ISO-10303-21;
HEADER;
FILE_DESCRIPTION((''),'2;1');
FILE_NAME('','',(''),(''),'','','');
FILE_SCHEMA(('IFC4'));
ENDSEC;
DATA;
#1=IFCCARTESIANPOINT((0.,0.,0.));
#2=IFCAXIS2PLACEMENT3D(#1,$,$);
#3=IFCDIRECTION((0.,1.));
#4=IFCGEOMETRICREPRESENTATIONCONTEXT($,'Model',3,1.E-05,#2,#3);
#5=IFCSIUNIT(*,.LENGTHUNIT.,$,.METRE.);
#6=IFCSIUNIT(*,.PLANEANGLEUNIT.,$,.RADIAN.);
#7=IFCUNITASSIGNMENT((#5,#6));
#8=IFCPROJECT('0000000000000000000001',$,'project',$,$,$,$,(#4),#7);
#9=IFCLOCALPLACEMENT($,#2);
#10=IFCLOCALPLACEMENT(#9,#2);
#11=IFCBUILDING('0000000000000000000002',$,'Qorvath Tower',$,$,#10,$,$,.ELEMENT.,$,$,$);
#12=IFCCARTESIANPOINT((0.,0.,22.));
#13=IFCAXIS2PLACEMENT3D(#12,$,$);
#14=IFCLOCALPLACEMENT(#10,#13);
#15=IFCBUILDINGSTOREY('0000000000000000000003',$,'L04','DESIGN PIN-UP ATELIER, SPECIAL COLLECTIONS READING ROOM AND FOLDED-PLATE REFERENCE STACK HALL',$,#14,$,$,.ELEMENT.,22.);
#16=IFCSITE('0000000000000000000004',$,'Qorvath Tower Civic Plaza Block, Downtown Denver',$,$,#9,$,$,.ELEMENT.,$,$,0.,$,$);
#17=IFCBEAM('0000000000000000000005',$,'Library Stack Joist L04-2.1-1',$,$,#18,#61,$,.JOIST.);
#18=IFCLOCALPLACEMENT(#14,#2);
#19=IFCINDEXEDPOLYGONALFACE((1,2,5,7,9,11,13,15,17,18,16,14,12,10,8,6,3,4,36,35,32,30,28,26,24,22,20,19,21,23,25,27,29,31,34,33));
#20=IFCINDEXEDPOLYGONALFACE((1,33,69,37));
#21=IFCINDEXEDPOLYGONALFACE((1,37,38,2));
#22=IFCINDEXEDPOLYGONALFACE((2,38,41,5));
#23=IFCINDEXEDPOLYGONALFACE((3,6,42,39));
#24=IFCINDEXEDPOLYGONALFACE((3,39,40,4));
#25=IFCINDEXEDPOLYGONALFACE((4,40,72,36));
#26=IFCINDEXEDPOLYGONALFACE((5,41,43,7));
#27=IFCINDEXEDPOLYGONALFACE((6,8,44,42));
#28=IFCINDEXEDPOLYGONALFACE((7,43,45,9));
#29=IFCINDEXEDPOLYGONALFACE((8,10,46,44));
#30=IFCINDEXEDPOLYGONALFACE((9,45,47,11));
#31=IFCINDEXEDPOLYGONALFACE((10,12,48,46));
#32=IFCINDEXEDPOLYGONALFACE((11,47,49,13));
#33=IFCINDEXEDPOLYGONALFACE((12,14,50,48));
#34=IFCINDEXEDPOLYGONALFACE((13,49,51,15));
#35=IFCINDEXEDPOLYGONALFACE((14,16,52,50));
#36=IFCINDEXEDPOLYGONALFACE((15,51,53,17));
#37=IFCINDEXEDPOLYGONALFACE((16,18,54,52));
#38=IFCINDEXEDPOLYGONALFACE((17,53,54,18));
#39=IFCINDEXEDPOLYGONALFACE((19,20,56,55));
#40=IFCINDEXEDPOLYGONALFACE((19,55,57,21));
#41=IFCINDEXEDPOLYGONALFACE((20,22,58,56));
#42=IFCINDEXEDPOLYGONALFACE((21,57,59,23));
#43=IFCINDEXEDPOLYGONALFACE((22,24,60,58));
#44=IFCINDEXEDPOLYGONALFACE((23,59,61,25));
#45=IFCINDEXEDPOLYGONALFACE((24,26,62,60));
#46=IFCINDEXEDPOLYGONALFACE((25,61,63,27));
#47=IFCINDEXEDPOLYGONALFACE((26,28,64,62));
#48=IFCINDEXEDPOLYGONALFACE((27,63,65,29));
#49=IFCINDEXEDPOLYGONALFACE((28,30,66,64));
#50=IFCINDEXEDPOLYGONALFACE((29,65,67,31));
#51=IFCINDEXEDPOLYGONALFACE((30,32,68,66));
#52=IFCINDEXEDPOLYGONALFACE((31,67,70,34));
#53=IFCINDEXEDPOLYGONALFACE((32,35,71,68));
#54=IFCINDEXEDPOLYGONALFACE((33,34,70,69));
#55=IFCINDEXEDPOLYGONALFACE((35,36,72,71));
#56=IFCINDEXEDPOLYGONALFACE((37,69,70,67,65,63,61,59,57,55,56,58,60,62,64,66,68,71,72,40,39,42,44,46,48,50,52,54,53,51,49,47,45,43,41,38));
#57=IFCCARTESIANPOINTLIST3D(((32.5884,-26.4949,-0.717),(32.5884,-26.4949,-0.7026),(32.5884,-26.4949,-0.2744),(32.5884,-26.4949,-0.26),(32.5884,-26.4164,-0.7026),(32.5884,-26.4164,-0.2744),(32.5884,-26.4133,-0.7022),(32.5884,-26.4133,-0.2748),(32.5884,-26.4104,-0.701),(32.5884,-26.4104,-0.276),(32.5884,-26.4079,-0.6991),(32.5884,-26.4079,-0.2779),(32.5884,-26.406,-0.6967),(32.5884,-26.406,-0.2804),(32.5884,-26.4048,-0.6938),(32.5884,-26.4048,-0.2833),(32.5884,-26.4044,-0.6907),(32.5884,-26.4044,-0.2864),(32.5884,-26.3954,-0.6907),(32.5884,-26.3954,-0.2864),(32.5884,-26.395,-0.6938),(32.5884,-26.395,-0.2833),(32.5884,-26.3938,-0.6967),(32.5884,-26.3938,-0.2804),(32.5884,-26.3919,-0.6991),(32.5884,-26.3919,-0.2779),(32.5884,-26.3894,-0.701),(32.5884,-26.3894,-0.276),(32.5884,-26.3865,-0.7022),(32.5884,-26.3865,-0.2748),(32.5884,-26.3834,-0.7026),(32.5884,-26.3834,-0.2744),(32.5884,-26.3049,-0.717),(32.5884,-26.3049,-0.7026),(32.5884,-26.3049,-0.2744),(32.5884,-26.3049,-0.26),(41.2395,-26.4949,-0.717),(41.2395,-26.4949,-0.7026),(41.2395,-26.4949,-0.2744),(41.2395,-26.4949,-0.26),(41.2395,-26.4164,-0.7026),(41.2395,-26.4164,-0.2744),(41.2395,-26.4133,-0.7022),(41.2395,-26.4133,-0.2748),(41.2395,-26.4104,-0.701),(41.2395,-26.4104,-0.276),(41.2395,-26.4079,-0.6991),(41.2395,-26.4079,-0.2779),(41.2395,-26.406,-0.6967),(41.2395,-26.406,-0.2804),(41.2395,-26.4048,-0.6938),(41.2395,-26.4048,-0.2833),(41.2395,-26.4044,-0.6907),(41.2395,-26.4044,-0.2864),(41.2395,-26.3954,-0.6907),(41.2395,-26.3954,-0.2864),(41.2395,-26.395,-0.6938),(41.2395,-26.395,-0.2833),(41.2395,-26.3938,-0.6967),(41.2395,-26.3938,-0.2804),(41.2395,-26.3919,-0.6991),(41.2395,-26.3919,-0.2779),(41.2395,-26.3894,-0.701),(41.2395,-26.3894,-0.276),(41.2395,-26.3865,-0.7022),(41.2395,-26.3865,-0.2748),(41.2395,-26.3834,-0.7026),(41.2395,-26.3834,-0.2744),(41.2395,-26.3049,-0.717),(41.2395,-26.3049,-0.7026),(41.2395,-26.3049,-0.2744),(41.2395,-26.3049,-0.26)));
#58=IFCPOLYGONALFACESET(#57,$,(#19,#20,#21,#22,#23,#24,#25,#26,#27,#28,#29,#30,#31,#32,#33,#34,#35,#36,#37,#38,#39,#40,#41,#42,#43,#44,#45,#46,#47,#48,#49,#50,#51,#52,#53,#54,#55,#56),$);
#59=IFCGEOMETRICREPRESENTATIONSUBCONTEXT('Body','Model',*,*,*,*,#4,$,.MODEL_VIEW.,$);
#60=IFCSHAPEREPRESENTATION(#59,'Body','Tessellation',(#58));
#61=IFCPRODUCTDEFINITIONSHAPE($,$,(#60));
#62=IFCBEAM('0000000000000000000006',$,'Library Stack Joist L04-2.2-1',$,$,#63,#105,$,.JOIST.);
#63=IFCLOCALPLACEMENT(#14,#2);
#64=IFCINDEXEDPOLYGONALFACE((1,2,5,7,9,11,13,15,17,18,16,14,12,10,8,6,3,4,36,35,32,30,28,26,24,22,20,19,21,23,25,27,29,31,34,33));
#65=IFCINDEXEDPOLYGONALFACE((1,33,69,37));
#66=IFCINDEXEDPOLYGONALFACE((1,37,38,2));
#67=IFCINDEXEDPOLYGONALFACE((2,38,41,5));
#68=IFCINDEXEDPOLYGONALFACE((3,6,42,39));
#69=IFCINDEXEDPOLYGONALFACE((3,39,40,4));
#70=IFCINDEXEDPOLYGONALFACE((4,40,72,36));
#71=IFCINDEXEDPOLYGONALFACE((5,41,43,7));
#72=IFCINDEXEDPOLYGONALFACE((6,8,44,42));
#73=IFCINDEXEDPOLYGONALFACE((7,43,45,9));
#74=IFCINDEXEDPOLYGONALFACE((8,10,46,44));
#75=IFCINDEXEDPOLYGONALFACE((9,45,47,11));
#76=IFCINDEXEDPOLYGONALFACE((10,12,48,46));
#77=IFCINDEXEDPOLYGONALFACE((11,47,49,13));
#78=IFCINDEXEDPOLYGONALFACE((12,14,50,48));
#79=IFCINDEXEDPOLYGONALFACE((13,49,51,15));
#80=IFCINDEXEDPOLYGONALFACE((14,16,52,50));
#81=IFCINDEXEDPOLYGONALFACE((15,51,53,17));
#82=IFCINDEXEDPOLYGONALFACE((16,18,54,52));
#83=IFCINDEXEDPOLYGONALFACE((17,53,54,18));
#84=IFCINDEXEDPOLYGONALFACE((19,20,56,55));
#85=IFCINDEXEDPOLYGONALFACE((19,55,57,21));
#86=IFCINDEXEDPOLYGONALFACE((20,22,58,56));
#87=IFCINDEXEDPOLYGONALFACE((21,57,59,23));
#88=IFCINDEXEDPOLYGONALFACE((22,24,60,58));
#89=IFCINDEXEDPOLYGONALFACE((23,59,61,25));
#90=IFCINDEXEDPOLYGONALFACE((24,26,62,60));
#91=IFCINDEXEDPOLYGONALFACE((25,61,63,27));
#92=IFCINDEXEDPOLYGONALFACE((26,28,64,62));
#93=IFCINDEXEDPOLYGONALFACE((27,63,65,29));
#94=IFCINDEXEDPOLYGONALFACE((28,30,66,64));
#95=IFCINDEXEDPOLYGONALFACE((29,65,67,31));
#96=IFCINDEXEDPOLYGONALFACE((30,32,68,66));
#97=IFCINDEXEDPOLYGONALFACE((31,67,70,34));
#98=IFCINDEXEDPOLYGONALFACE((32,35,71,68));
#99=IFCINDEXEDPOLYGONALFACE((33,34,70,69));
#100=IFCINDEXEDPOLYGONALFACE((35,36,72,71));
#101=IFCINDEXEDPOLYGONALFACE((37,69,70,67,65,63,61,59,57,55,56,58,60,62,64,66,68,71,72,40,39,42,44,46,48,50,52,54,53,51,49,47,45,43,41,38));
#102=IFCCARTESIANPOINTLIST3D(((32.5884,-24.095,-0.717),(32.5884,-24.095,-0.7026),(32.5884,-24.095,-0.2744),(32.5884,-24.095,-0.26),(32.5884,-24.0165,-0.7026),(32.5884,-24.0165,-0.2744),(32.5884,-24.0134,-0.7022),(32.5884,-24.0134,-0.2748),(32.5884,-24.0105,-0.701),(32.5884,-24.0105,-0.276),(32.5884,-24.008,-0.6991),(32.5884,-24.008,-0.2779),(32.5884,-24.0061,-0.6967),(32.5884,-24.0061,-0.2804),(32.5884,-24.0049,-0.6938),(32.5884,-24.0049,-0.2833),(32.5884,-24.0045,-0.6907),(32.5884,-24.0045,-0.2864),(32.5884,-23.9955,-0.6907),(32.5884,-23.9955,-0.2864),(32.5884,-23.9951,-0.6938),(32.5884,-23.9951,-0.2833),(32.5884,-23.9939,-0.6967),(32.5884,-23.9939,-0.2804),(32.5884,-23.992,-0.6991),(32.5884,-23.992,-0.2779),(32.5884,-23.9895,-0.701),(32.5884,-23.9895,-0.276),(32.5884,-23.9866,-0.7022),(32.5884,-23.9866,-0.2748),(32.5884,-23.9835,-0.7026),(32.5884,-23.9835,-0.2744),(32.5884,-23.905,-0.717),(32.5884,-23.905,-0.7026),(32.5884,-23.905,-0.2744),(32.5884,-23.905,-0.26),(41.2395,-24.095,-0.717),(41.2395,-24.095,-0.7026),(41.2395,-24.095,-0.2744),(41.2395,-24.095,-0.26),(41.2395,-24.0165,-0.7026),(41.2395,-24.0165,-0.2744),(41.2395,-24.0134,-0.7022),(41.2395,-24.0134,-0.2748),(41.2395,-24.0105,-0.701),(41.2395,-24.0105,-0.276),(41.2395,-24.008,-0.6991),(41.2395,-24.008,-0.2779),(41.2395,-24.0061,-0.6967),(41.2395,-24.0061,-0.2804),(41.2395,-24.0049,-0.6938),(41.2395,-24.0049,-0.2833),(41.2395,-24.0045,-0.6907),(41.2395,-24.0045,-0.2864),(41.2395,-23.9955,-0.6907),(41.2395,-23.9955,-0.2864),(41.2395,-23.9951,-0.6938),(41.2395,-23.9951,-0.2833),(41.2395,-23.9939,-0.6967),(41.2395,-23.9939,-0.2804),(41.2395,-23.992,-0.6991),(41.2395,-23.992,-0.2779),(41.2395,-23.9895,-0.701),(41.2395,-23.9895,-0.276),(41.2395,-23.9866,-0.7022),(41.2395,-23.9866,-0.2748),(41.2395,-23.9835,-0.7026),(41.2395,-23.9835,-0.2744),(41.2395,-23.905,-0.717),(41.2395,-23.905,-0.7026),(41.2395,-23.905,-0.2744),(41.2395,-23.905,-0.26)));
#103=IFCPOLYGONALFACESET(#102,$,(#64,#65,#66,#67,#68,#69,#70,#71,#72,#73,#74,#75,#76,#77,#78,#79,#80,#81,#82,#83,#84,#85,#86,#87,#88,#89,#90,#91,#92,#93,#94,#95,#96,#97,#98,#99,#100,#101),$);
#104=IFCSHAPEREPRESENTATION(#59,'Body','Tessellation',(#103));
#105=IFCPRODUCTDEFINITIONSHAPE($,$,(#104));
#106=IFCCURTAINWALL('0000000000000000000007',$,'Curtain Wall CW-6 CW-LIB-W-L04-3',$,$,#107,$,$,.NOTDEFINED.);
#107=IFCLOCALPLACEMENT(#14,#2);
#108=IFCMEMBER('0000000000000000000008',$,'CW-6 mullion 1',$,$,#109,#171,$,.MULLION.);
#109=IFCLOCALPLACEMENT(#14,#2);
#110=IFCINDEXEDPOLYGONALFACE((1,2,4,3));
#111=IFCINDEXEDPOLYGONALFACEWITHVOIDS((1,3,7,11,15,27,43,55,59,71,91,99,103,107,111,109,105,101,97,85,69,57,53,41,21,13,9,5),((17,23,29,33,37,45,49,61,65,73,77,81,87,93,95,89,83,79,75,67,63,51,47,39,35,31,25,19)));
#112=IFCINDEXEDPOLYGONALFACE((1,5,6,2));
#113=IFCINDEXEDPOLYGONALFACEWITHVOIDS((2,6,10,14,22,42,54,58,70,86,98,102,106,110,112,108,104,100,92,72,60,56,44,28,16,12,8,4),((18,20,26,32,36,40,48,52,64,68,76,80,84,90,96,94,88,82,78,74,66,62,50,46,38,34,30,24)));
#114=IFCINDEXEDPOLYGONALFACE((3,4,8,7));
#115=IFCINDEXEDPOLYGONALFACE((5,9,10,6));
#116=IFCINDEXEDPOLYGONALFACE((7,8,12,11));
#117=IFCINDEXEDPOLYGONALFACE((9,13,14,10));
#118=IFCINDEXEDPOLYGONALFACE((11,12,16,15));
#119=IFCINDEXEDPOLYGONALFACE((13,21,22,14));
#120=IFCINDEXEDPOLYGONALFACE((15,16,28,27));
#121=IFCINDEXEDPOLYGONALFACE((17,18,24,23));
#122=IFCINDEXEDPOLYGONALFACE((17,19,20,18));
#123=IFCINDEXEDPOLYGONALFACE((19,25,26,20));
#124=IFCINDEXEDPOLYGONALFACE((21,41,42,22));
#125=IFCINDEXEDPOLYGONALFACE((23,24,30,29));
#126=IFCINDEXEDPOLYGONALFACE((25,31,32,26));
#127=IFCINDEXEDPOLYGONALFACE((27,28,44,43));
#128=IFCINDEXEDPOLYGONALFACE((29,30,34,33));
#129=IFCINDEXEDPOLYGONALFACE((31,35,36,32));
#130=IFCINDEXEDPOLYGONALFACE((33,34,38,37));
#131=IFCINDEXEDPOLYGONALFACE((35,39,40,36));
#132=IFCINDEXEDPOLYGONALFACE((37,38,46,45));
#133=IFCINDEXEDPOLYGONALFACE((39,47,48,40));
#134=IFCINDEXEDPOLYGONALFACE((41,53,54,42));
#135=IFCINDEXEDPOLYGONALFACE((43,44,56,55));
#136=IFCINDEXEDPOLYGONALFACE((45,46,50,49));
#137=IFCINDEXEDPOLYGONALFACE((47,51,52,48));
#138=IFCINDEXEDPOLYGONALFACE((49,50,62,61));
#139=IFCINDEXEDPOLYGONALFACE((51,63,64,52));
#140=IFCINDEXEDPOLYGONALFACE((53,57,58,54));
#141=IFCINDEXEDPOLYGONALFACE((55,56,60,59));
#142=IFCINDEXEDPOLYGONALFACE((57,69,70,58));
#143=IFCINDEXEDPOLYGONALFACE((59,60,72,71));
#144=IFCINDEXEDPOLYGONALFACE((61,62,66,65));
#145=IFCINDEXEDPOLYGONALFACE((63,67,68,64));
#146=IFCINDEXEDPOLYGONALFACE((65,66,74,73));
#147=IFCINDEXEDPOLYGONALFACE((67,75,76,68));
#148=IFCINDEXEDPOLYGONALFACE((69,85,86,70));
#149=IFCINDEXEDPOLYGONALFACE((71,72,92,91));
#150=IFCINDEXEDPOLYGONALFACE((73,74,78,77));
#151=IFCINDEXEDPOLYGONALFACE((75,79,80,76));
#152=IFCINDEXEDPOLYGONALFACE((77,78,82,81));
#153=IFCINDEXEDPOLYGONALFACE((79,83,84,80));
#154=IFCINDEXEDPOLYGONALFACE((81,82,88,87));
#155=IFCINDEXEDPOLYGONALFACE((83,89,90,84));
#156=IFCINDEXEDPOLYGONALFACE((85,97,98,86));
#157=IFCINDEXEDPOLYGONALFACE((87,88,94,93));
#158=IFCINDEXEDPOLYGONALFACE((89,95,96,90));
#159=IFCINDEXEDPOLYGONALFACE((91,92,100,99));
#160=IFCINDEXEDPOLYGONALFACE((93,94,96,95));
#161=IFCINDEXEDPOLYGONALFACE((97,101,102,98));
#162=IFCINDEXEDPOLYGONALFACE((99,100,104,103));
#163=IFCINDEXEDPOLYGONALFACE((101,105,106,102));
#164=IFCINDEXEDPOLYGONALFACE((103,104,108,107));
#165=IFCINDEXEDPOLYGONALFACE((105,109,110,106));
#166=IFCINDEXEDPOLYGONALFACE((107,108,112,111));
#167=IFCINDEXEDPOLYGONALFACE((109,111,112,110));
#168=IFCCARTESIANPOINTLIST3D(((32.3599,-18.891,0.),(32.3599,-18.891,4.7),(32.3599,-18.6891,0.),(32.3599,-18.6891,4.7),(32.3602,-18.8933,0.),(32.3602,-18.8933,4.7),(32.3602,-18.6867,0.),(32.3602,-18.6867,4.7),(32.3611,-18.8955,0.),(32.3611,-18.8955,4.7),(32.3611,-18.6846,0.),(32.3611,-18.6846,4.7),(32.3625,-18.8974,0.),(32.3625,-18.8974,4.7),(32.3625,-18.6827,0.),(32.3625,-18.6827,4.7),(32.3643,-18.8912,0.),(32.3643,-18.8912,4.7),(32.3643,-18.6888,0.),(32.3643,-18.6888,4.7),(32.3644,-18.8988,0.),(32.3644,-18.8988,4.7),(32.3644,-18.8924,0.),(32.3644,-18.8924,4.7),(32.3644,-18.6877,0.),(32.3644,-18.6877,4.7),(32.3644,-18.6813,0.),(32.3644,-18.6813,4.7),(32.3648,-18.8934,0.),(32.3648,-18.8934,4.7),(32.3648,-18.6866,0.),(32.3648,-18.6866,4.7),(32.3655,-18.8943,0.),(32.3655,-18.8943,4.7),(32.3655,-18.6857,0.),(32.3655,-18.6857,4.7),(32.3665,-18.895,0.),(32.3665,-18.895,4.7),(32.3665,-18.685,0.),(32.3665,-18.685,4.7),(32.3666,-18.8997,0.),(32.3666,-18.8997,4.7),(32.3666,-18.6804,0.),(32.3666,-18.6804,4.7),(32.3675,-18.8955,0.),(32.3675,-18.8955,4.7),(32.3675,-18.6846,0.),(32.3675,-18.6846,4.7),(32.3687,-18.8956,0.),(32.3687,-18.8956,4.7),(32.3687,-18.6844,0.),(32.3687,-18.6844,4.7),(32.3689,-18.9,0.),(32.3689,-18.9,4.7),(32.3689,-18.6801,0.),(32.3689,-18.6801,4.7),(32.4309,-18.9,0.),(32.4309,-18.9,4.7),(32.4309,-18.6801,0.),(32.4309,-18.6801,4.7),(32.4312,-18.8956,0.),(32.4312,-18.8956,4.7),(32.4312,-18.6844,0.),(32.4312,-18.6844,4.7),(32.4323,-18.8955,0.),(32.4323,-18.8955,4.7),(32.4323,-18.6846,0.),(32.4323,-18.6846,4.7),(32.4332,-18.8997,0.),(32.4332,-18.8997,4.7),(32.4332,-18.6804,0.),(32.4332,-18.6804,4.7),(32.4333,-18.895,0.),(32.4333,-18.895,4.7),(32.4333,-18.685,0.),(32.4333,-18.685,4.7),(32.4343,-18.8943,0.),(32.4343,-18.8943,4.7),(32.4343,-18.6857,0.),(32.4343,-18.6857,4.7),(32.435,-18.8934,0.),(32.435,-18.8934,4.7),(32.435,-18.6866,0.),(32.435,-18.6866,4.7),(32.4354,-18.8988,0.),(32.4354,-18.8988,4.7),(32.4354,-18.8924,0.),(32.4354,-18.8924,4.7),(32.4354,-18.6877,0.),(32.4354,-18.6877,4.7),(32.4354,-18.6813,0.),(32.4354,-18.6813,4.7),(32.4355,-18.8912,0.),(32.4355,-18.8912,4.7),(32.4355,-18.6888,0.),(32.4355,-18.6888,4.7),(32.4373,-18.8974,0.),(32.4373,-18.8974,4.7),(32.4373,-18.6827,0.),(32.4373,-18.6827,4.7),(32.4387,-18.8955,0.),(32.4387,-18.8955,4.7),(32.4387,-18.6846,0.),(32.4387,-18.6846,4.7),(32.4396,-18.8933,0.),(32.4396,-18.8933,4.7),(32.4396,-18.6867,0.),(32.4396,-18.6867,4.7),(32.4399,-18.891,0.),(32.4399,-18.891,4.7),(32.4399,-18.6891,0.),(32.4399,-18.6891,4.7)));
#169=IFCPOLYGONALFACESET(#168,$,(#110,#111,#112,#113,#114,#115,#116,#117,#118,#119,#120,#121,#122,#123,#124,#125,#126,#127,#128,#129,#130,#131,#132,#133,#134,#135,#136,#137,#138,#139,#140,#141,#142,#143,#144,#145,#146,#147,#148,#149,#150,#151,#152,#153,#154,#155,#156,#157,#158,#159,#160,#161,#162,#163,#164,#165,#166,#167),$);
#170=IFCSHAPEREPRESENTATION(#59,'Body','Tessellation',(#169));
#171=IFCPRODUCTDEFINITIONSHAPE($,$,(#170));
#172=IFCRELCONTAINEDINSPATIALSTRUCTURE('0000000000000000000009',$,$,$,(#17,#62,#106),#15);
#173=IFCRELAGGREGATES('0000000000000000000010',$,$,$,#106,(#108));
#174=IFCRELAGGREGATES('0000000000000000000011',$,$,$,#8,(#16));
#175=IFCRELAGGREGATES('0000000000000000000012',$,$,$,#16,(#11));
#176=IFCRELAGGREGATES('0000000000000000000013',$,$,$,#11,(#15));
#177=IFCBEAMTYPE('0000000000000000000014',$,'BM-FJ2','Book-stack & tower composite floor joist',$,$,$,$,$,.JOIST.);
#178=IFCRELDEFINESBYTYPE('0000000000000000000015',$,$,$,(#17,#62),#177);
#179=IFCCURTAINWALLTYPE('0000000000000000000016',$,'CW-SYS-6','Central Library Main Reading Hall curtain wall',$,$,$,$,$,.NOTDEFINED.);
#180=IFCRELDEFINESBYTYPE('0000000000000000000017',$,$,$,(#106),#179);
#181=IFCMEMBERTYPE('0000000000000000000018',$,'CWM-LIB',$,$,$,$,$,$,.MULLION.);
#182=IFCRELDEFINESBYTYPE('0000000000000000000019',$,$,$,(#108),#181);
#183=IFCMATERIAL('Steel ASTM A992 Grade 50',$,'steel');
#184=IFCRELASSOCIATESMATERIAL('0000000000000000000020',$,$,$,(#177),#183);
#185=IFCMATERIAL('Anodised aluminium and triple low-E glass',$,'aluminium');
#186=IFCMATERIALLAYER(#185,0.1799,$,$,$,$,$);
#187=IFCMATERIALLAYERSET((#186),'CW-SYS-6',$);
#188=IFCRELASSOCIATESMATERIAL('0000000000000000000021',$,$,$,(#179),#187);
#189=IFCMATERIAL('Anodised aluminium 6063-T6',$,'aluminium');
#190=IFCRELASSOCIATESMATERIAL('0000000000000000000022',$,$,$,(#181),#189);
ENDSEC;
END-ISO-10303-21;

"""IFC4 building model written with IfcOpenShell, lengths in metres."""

from ifc_helpers import new_model, si_unit, direction, frame, origin, origin_2d, place, context, subcontext, project, spatial, hollow_rectangle, i_section, extrude, material, layer, layer_set, material_profile, profile_set, type_object, element, aggregate, save


model = new_model("IFC4")

# Units and contexts
model_context = context("Model", 3, precision=1e-05, world=origin(), true_north=direction((0.0, 1.0)))
body_context = subcontext(model_context, "Body", "Model", "MODEL_VIEW")
ifc_project = project(units=[si_unit("LENGTHUNIT", "METRE"), si_unit("PLANEANGLEUNIT", "RADIAN")], contexts=[model_context])

# Site, building, storey
site_placement = place(None, origin())
site = spatial("IfcSite", under=ifc_project, at=site_placement, Name="Qorvath Tower Civic Plaza Block, Downtown Denver", CompositionType="ELEMENT", RefElevation=0.0)
building_placement = place(site_placement, origin())
building = spatial("IfcBuilding", under=site, at=building_placement, Name="Qorvath Tower", CompositionType="ELEMENT")
storey_placement = place(building_placement, frame((0.0, 0.0, 22.0)))
storey = spatial("IfcBuildingStorey", under=building, at=storey_placement, Name="L04", Description="DESIGN PIN-UP ATELIER, SPECIAL COLLECTIONS READING ROOM AND FOLDED-PLATE REFERENCE STACK HALL", CompositionType="ELEMENT", Elevation=22.0)

# Beams
ifc_material_1 = material(Name="Steel ASTM A992 Grade 50", Category="steel")
ifc_material_profile_1 = material_profile(ifc_material_1, i_section(OverallWidth=0.1899, OverallDepth=0.457, WebThickness=0.009, FlangeThickness=0.0144, FilletRadius=0.012, at=origin_2d()), Name="W18x50")
ifc_profile_set_1 = profile_set([ifc_material_profile_1], Name="Steel ASTM A992 Grade 50")
beam_type_1 = type_object("IfcBeamType", Name="BM-FJ2", Description="Book-stack & tower composite floor joist", PredefinedType="JOIST", material=ifc_profile_set_1)
for number, where, z_axis, x_axis, name in (
    (1, (32.5884, -26.3999, -0.4885), (1.0, 0.0, 0.0), (0.0, 1.0, 0.0), "Library Stack Joist L04-2.1-1"),
    (2, (32.5884, -24.0, -0.4885), (1.0, 0.0, 0.0), (0.0, 1.0, 0.0), "Library Stack Joist L04-2.2-1"),
):
    element("IfcBeam", number, at=place(storey_placement, frame(where, z_axis=z_axis, x_axis=x_axis)), inside=storey, type_object=beam_type_1, Name=name, PredefinedType="JOIST", context=body_context, shape_type="SweptSolid", body=[
        extrude(i_section(OverallWidth=0.1899, OverallDepth=0.457, WebThickness=0.009, FlangeThickness=0.0144, FilletRadius=0.012, at=origin_2d()), origin(), (0.0, 0.0, 1.0), 8.6511),
    ])

# Curtain wall, member
ifc_material_2 = material(Name="Anodised aluminium and triple low-E glass", Category="aluminium")
ifc_layer_1 = layer(ifc_material_2, 0.1799)
ifc_layer_set_1 = layer_set([ifc_layer_1], Name="CW-SYS-6")
curtain_wall_type = type_object("IfcCurtainWallType", Name="CW-SYS-6", Description="Central Library Main Reading Hall curtain wall", PredefinedType="NOTDEFINED", material=ifc_layer_set_1)
curtain_wall_placement = place(storey_placement, origin())
curtain_wall = element("IfcCurtainWall", 3, at=curtain_wall_placement, inside=storey, type_object=curtain_wall_type, Name="Curtain Wall CW-6 CW-LIB-W-L04-3", PredefinedType="NOTDEFINED")
ifc_material_3 = material(Name="Anodised aluminium 6063-T6", Category="aluminium")
ifc_material_profile_2 = material_profile(ifc_material_3, hollow_rectangle(XDim=0.0801, YDim=0.22, WallThickness=0.0044, InnerFilletRadius=0.0044, OuterFilletRadius=0.009, at=origin_2d()), Name="CWM LIB 220x80")
ifc_profile_set_2 = profile_set([ifc_material_profile_2], Name="Anodised aluminium 6063-T6")
member_type_1 = type_object("IfcMemberType", Name="CWM-LIB", PredefinedType="MULLION", material=ifc_profile_set_2)
member_1_placement = place(storey_placement, frame((32.3999, -18.79, 0.0), z_axis=(0.0, 0.0, 1.0), x_axis=(-1.0, 0.0, 0.0)))
member_1 = element("IfcMember", 4, at=member_1_placement, type_object=member_type_1, Name="CW-6 mullion 1", PredefinedType="MULLION", context=body_context, shape_type="SweptSolid", body=[
    extrude(hollow_rectangle(XDim=0.0801, YDim=0.22, WallThickness=0.0044, InnerFilletRadius=0.0044, OuterFilletRadius=0.009, at=origin_2d()), origin(), (0.0, 0.0, 1.0), 4.7),
])
aggregate(curtain_wall, [member_1])

save(model, "model.ifc")
